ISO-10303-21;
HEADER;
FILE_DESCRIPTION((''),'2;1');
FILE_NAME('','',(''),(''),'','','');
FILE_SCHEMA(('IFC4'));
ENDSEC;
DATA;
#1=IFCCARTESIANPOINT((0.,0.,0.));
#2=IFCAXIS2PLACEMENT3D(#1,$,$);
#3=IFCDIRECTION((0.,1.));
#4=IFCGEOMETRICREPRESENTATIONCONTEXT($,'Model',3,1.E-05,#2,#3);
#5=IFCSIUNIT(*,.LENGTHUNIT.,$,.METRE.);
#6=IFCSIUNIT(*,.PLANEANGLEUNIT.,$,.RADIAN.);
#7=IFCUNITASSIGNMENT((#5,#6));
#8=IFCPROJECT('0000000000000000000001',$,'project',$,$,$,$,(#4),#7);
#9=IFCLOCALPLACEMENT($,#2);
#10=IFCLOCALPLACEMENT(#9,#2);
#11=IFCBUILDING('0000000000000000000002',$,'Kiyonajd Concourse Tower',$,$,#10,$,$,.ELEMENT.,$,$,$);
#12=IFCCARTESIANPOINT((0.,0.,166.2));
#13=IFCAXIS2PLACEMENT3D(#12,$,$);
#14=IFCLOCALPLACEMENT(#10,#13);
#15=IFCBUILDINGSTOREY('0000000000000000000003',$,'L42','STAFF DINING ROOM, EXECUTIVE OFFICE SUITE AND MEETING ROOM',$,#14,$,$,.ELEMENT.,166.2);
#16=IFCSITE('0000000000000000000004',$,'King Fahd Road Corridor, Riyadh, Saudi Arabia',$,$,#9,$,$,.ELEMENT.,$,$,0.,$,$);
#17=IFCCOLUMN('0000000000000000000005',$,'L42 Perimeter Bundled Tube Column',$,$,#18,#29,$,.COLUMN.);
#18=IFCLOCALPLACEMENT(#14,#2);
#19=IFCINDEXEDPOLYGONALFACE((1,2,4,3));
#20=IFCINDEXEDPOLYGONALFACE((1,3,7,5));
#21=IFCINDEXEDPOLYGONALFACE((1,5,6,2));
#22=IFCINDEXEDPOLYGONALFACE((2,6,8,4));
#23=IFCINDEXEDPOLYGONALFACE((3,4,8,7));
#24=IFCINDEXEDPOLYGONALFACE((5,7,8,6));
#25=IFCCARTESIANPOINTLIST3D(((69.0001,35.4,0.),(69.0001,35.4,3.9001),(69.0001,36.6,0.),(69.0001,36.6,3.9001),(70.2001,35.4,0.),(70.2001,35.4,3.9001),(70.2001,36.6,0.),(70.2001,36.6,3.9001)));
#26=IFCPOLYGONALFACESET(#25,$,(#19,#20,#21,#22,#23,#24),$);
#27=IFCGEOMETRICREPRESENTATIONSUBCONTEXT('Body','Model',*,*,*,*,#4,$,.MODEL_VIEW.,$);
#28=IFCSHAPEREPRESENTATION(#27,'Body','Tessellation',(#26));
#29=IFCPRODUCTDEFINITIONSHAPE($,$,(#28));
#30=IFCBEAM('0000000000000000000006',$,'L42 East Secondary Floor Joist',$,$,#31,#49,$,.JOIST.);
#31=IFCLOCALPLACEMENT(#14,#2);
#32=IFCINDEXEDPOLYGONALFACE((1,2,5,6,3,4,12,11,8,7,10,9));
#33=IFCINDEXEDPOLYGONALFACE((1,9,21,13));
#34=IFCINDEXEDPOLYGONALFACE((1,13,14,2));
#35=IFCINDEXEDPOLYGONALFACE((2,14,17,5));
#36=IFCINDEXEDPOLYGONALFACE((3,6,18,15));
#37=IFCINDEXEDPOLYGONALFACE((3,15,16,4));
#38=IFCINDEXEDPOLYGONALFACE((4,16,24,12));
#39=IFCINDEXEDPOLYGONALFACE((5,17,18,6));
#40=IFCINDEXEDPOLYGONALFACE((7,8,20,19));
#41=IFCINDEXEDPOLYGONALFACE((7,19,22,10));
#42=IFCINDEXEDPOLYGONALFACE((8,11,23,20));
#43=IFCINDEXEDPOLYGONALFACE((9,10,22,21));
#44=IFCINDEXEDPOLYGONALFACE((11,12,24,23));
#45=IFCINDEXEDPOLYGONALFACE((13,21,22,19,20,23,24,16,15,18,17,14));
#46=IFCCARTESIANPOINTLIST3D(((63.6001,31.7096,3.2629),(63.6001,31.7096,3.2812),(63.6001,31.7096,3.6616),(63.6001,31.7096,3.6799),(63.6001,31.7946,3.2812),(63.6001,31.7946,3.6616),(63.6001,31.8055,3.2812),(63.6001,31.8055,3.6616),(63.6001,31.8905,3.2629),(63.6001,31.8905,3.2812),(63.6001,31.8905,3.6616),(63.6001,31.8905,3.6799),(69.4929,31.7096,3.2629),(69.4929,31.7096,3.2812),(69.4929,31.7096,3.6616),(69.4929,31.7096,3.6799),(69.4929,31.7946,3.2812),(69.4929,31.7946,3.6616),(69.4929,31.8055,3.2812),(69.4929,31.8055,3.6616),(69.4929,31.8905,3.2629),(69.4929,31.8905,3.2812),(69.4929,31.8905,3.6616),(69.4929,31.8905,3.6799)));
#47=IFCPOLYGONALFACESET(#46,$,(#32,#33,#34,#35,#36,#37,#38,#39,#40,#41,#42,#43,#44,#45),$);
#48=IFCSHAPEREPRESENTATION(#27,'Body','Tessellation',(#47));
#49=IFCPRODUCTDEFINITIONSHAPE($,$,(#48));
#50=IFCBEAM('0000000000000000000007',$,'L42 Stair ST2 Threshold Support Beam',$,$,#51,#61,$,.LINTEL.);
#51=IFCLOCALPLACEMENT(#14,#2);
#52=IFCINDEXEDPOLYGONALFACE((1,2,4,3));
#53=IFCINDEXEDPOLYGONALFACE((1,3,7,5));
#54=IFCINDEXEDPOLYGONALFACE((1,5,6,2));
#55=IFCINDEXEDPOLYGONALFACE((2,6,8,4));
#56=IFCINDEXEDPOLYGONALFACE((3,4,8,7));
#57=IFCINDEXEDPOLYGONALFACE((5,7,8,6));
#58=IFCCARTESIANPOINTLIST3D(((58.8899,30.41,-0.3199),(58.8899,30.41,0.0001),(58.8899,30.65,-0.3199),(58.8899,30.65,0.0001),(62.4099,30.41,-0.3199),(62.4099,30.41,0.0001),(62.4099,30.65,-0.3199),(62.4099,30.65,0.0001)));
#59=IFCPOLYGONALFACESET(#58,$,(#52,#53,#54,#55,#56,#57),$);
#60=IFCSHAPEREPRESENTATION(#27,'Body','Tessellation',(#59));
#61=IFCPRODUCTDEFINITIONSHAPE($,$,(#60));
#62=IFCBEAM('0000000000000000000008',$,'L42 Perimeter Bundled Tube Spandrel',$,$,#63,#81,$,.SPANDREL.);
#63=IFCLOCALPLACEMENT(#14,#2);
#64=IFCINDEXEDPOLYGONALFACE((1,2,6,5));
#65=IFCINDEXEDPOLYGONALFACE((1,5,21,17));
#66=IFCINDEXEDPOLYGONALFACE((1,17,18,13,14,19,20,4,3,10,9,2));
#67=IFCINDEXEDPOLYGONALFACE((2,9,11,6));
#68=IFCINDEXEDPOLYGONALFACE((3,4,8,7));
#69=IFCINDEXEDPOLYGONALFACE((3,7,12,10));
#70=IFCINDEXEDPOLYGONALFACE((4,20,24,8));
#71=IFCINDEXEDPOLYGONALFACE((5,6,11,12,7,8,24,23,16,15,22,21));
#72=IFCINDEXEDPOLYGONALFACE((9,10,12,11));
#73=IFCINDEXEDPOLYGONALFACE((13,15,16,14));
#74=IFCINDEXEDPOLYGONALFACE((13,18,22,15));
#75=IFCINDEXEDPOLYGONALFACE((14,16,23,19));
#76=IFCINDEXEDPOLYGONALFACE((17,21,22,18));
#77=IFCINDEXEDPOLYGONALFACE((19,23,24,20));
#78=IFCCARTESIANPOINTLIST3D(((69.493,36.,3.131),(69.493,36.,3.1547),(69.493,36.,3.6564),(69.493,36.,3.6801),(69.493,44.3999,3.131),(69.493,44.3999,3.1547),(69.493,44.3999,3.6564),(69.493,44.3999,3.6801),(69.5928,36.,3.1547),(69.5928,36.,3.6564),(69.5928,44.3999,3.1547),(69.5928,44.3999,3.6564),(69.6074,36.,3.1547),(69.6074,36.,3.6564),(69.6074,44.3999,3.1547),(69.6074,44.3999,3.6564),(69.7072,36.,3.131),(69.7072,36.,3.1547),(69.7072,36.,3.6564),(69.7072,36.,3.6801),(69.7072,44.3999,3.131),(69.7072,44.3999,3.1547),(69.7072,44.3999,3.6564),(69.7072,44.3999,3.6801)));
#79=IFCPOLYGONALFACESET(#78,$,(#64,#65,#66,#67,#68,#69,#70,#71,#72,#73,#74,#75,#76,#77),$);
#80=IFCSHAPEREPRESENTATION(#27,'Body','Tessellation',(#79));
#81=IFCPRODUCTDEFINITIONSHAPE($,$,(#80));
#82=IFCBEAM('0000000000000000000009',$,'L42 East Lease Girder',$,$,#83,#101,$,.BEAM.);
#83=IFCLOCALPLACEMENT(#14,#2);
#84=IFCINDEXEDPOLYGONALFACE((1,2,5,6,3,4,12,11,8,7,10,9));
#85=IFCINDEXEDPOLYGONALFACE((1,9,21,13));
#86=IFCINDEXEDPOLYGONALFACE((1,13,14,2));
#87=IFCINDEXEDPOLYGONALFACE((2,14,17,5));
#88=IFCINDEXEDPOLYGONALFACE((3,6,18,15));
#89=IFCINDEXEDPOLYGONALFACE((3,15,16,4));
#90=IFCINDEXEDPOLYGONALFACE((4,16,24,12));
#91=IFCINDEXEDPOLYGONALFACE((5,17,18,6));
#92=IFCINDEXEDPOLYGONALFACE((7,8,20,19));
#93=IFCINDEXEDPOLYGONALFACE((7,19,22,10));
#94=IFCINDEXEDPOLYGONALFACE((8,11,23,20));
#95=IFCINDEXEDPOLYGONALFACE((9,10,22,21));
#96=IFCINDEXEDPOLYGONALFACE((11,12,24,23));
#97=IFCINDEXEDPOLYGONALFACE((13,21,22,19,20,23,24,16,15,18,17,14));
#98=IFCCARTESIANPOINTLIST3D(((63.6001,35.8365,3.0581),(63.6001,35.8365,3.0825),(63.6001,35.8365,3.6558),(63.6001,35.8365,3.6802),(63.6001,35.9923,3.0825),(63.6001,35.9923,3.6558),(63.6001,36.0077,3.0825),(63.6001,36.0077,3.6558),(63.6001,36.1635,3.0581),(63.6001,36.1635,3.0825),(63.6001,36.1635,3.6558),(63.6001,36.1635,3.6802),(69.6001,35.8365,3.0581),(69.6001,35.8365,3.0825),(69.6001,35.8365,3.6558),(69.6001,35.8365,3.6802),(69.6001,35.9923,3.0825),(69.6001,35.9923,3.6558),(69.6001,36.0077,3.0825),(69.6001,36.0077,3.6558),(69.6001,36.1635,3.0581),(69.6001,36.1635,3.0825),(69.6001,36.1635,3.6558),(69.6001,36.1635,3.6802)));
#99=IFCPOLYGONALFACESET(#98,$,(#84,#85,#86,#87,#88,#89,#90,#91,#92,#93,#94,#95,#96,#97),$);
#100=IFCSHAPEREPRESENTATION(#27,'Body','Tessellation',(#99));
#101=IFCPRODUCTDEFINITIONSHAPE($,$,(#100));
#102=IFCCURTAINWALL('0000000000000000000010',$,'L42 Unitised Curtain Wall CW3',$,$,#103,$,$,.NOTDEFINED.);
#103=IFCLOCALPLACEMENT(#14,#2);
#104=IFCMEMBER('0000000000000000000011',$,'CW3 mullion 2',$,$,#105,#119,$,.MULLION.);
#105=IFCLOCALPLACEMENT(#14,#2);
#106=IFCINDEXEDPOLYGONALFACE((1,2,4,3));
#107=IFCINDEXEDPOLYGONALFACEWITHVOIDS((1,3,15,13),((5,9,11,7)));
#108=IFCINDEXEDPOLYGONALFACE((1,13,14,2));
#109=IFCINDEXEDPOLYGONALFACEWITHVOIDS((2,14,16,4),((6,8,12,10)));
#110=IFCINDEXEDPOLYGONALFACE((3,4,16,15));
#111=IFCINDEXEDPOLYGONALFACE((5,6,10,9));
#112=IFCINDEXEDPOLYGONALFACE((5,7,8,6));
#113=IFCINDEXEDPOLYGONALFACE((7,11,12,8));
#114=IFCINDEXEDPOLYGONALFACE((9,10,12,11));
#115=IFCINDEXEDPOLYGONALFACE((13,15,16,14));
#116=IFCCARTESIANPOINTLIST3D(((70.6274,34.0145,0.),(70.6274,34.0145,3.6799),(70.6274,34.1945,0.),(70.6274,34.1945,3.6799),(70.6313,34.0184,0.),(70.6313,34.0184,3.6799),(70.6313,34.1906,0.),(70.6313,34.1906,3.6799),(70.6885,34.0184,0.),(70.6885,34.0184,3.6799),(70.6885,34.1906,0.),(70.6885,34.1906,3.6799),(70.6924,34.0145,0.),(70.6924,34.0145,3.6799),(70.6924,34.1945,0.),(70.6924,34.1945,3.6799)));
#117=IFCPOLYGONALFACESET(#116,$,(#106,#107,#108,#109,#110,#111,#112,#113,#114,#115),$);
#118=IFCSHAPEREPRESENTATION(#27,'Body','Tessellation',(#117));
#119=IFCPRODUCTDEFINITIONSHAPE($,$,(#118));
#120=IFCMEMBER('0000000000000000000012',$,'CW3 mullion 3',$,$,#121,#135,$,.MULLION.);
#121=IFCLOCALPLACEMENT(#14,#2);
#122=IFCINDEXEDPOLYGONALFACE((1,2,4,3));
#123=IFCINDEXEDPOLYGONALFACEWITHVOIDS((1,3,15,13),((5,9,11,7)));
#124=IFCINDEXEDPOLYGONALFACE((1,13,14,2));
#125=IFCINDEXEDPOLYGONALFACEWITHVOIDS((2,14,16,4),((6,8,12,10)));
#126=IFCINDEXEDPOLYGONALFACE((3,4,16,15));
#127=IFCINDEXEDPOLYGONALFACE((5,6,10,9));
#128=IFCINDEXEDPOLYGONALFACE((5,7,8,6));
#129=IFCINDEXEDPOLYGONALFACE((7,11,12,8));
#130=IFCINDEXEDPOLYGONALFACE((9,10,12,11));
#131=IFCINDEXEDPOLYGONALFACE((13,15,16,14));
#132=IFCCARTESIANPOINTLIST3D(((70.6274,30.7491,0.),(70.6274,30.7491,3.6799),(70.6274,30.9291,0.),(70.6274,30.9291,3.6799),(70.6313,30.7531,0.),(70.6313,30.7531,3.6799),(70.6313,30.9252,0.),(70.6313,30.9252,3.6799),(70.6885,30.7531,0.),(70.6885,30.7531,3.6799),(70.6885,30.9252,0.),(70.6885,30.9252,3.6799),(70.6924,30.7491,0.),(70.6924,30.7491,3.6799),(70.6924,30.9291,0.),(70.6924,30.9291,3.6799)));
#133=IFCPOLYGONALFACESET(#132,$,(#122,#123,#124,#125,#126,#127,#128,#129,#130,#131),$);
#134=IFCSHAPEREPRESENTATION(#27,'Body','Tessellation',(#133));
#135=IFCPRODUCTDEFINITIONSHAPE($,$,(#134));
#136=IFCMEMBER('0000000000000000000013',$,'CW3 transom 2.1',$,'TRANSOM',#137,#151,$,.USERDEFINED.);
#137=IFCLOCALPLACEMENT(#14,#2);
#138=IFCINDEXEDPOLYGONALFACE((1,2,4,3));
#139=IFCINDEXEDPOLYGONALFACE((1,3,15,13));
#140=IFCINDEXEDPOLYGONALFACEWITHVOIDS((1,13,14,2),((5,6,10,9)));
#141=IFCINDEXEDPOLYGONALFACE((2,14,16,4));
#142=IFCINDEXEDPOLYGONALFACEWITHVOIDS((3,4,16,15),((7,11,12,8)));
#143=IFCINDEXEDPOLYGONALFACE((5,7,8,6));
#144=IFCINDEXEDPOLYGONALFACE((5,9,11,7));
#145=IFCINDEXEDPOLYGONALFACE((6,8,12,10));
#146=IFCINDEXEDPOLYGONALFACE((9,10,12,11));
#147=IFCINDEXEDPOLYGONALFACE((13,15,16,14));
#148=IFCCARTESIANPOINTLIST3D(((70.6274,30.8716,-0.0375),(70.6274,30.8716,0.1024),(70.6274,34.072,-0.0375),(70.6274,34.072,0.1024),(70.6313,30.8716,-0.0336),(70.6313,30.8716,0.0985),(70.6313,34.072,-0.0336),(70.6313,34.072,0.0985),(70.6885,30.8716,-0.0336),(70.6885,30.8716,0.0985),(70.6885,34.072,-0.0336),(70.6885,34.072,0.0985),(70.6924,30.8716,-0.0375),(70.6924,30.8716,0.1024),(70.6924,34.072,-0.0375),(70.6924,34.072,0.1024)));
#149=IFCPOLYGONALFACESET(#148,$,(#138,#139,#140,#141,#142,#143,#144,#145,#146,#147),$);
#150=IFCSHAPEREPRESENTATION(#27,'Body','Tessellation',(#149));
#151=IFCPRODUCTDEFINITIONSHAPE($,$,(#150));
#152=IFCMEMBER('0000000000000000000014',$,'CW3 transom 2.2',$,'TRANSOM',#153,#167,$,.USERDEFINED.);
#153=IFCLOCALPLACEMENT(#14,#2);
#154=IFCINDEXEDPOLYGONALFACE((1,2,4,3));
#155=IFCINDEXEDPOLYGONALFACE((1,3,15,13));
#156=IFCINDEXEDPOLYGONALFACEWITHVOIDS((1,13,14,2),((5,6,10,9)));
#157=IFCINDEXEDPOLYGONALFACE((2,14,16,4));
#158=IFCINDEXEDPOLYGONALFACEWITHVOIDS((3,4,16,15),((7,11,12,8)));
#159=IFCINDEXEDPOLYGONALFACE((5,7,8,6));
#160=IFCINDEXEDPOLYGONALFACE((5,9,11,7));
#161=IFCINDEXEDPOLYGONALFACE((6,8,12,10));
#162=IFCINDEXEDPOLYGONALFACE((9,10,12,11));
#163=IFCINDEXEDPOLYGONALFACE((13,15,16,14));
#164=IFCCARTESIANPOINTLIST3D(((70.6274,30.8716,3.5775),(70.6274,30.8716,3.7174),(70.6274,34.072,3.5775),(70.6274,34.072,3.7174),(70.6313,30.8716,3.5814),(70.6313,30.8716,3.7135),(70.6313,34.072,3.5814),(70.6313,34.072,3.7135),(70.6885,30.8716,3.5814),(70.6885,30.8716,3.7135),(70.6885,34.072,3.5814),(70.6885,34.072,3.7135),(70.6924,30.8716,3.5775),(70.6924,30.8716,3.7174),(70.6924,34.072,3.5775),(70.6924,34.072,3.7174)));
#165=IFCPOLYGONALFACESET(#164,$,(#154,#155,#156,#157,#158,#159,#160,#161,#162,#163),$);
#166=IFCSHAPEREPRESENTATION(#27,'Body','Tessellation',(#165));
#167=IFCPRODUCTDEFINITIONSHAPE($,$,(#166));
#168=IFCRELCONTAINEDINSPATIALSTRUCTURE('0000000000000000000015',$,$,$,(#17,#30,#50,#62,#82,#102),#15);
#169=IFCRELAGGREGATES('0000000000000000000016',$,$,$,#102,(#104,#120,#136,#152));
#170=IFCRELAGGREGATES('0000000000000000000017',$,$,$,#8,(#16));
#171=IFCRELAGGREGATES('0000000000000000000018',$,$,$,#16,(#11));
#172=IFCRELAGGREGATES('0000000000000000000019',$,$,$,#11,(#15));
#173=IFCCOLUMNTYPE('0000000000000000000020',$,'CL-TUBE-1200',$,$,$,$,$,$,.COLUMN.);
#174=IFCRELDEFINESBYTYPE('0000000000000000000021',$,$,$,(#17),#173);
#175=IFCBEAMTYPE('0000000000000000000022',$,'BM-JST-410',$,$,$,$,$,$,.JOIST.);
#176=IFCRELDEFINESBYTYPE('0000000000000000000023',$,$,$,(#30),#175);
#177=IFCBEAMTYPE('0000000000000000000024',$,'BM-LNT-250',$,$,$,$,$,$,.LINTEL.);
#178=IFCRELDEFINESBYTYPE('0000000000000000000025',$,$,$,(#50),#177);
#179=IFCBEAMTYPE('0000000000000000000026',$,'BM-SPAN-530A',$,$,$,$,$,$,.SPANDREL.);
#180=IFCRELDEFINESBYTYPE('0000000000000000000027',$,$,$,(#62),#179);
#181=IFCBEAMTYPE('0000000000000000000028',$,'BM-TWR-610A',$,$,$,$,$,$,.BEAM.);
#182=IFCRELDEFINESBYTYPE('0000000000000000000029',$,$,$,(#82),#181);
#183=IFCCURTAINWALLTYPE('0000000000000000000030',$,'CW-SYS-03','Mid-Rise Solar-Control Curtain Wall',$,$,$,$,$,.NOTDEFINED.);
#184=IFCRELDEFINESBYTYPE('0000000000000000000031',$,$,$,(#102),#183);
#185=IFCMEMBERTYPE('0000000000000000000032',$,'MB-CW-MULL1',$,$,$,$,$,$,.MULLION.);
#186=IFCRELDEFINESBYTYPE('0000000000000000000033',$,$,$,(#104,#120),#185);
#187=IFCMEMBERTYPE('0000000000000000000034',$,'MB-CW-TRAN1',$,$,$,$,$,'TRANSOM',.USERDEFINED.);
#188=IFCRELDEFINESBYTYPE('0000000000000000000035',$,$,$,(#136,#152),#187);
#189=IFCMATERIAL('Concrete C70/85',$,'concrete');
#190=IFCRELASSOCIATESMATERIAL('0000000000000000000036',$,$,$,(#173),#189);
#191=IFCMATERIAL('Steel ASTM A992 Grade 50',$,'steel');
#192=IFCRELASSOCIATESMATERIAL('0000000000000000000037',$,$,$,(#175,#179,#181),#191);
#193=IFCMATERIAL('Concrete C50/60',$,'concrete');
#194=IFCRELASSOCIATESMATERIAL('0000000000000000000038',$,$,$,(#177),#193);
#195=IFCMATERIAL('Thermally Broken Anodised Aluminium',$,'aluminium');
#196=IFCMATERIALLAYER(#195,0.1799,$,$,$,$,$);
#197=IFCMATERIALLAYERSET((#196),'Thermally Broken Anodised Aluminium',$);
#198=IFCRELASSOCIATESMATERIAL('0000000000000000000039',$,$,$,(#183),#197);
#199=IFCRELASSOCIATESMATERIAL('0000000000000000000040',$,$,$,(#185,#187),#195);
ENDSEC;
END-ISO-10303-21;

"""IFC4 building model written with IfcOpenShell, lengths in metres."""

from ifc_helpers import new_model, si_unit, direction, frame, origin, origin_2d, place, context, subcontext, project, spatial, rectangle, hollow_rectangle, i_section, extrude, material, layer, layer_set, material_profile, profile_set, type_object, element, aggregate, save


model = new_model("IFC4")

# Units and contexts
model_context = context("Model", 3, precision=1e-05, world=origin(), true_north=direction((0.0, 1.0)))
body_context = subcontext(model_context, "Body", "Model", "MODEL_VIEW")
ifc_project = project(units=[si_unit("LENGTHUNIT", "METRE"), si_unit("PLANEANGLEUNIT", "RADIAN")], contexts=[model_context])

# Site, building, storey
site_placement = place(None, origin())
site = spatial("IfcSite", under=ifc_project, at=site_placement, Name="King Fahd Road Corridor, Riyadh, Saudi Arabia", CompositionType="ELEMENT", RefElevation=0.0)
building_placement = place(site_placement, origin())
building = spatial("IfcBuilding", under=site, at=building_placement, Name="Kiyonajd Concourse Tower", CompositionType="ELEMENT")
storey_placement = place(building_placement, frame((0.0, 0.0, 166.2)))
storey = spatial("IfcBuildingStorey", under=building, at=storey_placement, Name="L42", Description="STAFF DINING ROOM, EXECUTIVE OFFICE SUITE AND MEETING ROOM", CompositionType="ELEMENT", Elevation=166.2)

# Column
ifc_material_1 = material(Name="Concrete C70/85", Category="concrete")
ifc_material_profile_1 = material_profile(ifc_material_1, rectangle(XDim=1.2, YDim=1.2, at=origin_2d()), Name="RC-1200x1200")
ifc_profile_set_1 = profile_set([ifc_material_profile_1], Name="Concrete C70/85")
column_type = type_object("IfcColumnType", Name="CL-TUBE-1200", PredefinedType="COLUMN", material=ifc_profile_set_1)
column_placement = place(storey_placement, frame((69.6001, 36.0, 0.0), z_axis=(0.0, 0.0, 1.0), x_axis=(1.0, 0.0, 0.0)))
element("IfcColumn", 1, at=column_placement, inside=storey, type_object=column_type, Name="L42 Perimeter Bundled Tube Column", PredefinedType="COLUMN", context=body_context, shape_type="SweptSolid", body=[
    extrude(rectangle(XDim=1.2, YDim=1.2, at=origin_2d()), origin(), (0.0, 0.0, 1.0), 3.9001),
])

# Beams
ifc_material_2 = material(Name="Steel ASTM A992 Grade 50", Category="steel")
ifc_material_profile_2 = material_profile(ifc_material_2, i_section(OverallWidth=0.1809, OverallDepth=0.417, WebThickness=0.011, FlangeThickness=0.0183, at=origin_2d()), Name="W410X85")
ifc_profile_set_2 = profile_set([ifc_material_profile_2], Name="Steel ASTM A992 Grade 50")
beam_type_1 = type_object("IfcBeamType", Name="BM-JST-410", PredefinedType="JOIST", material=ifc_profile_set_2)
beam_1_placement = place(storey_placement, frame((63.6001, 31.8, 3.4714), z_axis=(1.0, 0.0, 0.0), x_axis=(0.0, 1.0, 0.0)))
element("IfcBeam", 2, at=beam_1_placement, inside=storey, type_object=beam_type_1, Name="L42 East Secondary Floor Joist", PredefinedType="JOIST", context=body_context, shape_type="SweptSolid", body=[
    extrude(i_section(OverallWidth=0.1809, OverallDepth=0.417, WebThickness=0.011, FlangeThickness=0.0183, at=origin_2d()), origin(), (0.0, 0.0, 1.0), 5.8928),
])
ifc_material_3 = material(Name="Concrete C50/60", Category="concrete")
ifc_material_profile_3 = material_profile(ifc_material_3, rectangle(XDim=0.24, YDim=0.3201, at=origin_2d()), Name="RCBM-240x320")
ifc_profile_set_3 = profile_set([ifc_material_profile_3], Name="Concrete C50/60")
beam_type_2 = type_object("IfcBeamType", Name="BM-LNT-250", PredefinedType="LINTEL", material=ifc_profile_set_3)
beam_2_placement = place(storey_placement, frame((58.8899, 30.53, -0.1599), z_axis=(1.0, 0.0, 0.0), x_axis=(0.0, 1.0, 0.0)))
element("IfcBeam", 3, at=beam_2_placement, inside=storey, type_object=beam_type_2, Name="L42 Stair ST2 Threshold Support Beam", PredefinedType="LINTEL", context=body_context, shape_type="SweptSolid", body=[
    extrude(rectangle(XDim=0.24, YDim=0.3201, at=origin_2d()), origin(), (0.0, 0.0, 1.0), 3.52),
])
ifc_material_profile_4 = material_profile(ifc_material_2, i_section(OverallWidth=0.2141, OverallDepth=0.5491, WebThickness=0.0146, FlangeThickness=0.0237, at=origin_2d()), Name="W530X138")
ifc_profile_set_4 = profile_set([ifc_material_profile_4], Name="Steel ASTM A992 Grade 50")
beam_type_3 = type_object("IfcBeamType", Name="BM-SPAN-530A", PredefinedType="SPANDREL", material=ifc_profile_set_4)
beam_3_placement = place(storey_placement, frame((69.6001, 36.0, 3.4055), z_axis=(0.0, 1.0, 0.0), x_axis=(-1.0, 0.0, 0.0)))
element("IfcBeam", 4, at=beam_3_placement, inside=storey, type_object=beam_type_3, Name="L42 Perimeter Bundled Tube Spandrel", PredefinedType="SPANDREL", context=body_context, shape_type="SweptSolid", body=[
    extrude(i_section(OverallWidth=0.2141, OverallDepth=0.5491, WebThickness=0.0146, FlangeThickness=0.0237, at=origin_2d()), origin(), (0.0, 0.0, 1.0), 8.3999),
])
ifc_material_profile_5 = material_profile(ifc_material_2, i_section(OverallWidth=0.3269, OverallDepth=0.6221, WebThickness=0.0154, FlangeThickness=0.0244, at=origin_2d()), Name="W610X195")
ifc_profile_set_5 = profile_set([ifc_material_profile_5], Name="Steel ASTM A992 Grade 50")
beam_type_4 = type_object("IfcBeamType", Name="BM-TWR-610A", PredefinedType="BEAM", material=ifc_profile_set_5)
beam_4_placement = place(storey_placement, frame((63.6001, 36.0, 3.3691), z_axis=(1.0, 0.0, 0.0), x_axis=(0.0, 1.0, 0.0)))
element("IfcBeam", 5, at=beam_4_placement, inside=storey, type_object=beam_type_4, Name="L42 East Lease Girder", PredefinedType="BEAM", context=body_context, shape_type="SweptSolid", body=[
    extrude(i_section(OverallWidth=0.3269, OverallDepth=0.6221, WebThickness=0.0154, FlangeThickness=0.0244, at=origin_2d()), origin(), (0.0, 0.0, 1.0), 6.0),
])

# Curtain wall, members
ifc_material_4 = material(Name="Thermally Broken Anodised Aluminium", Category="aluminium")
ifc_layer_1 = layer(ifc_material_4, 0.1799)
ifc_layer_set_1 = layer_set([ifc_layer_1], Name="Thermally Broken Anodised Aluminium")
curtain_wall_type = type_object("IfcCurtainWallType", Name="CW-SYS-03", Description="Mid-Rise Solar-Control Curtain Wall", PredefinedType="NOTDEFINED", material=ifc_layer_set_1)
curtain_wall_placement = place(storey_placement, origin())
curtain_wall = element("IfcCurtainWall", 6, at=curtain_wall_placement, inside=storey, type_object=curtain_wall_type, Name="L42 Unitised Curtain Wall CW3", PredefinedType="NOTDEFINED")
ifc_material_profile_6 = material_profile(ifc_material_4, hollow_rectangle(XDim=0.0649, YDim=0.1799, WallThickness=0.0039, at=origin_2d()), Name="MULL-65x180")
ifc_profile_set_6 = profile_set([ifc_material_profile_6], Name="Thermally Broken Anodised Aluminium")
member_type_1 = type_object("IfcMemberType", Name="MB-CW-MULL1", PredefinedType="MULLION", material=ifc_profile_set_6)
member_1_placement = place(storey_placement, frame((70.6599, 34.1045, 0.0), z_axis=(0.0, 0.0, 1.0), x_axis=(1.0, 0.0, 0.0)))
member_1 = element("IfcMember", 7, at=member_1_placement, type_object=member_type_1, Name="CW3 mullion 2", PredefinedType="MULLION", context=body_context, shape_type="SweptSolid", body=[
    extrude(hollow_rectangle(XDim=0.0649, YDim=0.1799, WallThickness=0.0039, at=origin_2d()), origin(), (0.0, 0.0, 1.0), 3.6799),
])
member_2_placement = place(storey_placement, frame((70.6599, 30.8391, 0.0), z_axis=(0.0, 0.0, 1.0), x_axis=(1.0, 0.0, 0.0)))
member_2 = element("IfcMember", 8, at=member_2_placement, type_object=member_type_1, Name="CW3 mullion 3", PredefinedType="MULLION", context=body_context, shape_type="SweptSolid", body=[
    extrude(hollow_rectangle(XDim=0.0649, YDim=0.1799, WallThickness=0.0039, at=origin_2d()), origin(), (0.0, 0.0, 1.0), 3.6799),
])
ifc_material_profile_7 = material_profile(ifc_material_4, hollow_rectangle(XDim=0.0649, YDim=0.1399, WallThickness=0.0039, at=origin_2d()), Name="TRAN-65x140")
ifc_profile_set_7 = profile_set([ifc_material_profile_7], Name="Thermally Broken Anodised Aluminium")
member_type_2 = type_object("IfcMemberType", Name="MB-CW-TRAN1", ElementType="TRANSOM", PredefinedType="USERDEFINED", material=ifc_profile_set_7)
member_3_placement = place(storey_placement, frame((70.6599, 34.072, 0.0325), z_axis=(0.0, -1.0, 0.0), x_axis=(1.0, 0.0, 0.0)))
member_3 = element("IfcMember", 9, at=member_3_placement, type_object=member_type_2, Name="CW3 transom 2.1", ObjectType="TRANSOM", PredefinedType="USERDEFINED", context=body_context, shape_type="SweptSolid", body=[
    extrude(hollow_rectangle(XDim=0.0649, YDim=0.1399, WallThickness=0.0039, at=origin_2d()), origin(), (0.0, 0.0, 1.0), 3.2004),
])
member_4_placement = place(storey_placement, frame((70.6599, 34.072, 3.6475), z_axis=(0.0, -1.0, 0.0), x_axis=(1.0, 0.0, 0.0)))
member_4 = element("IfcMember", 10, at=member_4_placement, type_object=member_type_2, Name="CW3 transom 2.2", ObjectType="TRANSOM", PredefinedType="USERDEFINED", context=body_context, shape_type="SweptSolid", body=[
    extrude(hollow_rectangle(XDim=0.0649, YDim=0.1399, WallThickness=0.0039, at=origin_2d()), origin(), (0.0, 0.0, 1.0), 3.2004),
])
aggregate(curtain_wall, [member_1, member_2, member_3, member_4])

save(model, "model.ifc")
